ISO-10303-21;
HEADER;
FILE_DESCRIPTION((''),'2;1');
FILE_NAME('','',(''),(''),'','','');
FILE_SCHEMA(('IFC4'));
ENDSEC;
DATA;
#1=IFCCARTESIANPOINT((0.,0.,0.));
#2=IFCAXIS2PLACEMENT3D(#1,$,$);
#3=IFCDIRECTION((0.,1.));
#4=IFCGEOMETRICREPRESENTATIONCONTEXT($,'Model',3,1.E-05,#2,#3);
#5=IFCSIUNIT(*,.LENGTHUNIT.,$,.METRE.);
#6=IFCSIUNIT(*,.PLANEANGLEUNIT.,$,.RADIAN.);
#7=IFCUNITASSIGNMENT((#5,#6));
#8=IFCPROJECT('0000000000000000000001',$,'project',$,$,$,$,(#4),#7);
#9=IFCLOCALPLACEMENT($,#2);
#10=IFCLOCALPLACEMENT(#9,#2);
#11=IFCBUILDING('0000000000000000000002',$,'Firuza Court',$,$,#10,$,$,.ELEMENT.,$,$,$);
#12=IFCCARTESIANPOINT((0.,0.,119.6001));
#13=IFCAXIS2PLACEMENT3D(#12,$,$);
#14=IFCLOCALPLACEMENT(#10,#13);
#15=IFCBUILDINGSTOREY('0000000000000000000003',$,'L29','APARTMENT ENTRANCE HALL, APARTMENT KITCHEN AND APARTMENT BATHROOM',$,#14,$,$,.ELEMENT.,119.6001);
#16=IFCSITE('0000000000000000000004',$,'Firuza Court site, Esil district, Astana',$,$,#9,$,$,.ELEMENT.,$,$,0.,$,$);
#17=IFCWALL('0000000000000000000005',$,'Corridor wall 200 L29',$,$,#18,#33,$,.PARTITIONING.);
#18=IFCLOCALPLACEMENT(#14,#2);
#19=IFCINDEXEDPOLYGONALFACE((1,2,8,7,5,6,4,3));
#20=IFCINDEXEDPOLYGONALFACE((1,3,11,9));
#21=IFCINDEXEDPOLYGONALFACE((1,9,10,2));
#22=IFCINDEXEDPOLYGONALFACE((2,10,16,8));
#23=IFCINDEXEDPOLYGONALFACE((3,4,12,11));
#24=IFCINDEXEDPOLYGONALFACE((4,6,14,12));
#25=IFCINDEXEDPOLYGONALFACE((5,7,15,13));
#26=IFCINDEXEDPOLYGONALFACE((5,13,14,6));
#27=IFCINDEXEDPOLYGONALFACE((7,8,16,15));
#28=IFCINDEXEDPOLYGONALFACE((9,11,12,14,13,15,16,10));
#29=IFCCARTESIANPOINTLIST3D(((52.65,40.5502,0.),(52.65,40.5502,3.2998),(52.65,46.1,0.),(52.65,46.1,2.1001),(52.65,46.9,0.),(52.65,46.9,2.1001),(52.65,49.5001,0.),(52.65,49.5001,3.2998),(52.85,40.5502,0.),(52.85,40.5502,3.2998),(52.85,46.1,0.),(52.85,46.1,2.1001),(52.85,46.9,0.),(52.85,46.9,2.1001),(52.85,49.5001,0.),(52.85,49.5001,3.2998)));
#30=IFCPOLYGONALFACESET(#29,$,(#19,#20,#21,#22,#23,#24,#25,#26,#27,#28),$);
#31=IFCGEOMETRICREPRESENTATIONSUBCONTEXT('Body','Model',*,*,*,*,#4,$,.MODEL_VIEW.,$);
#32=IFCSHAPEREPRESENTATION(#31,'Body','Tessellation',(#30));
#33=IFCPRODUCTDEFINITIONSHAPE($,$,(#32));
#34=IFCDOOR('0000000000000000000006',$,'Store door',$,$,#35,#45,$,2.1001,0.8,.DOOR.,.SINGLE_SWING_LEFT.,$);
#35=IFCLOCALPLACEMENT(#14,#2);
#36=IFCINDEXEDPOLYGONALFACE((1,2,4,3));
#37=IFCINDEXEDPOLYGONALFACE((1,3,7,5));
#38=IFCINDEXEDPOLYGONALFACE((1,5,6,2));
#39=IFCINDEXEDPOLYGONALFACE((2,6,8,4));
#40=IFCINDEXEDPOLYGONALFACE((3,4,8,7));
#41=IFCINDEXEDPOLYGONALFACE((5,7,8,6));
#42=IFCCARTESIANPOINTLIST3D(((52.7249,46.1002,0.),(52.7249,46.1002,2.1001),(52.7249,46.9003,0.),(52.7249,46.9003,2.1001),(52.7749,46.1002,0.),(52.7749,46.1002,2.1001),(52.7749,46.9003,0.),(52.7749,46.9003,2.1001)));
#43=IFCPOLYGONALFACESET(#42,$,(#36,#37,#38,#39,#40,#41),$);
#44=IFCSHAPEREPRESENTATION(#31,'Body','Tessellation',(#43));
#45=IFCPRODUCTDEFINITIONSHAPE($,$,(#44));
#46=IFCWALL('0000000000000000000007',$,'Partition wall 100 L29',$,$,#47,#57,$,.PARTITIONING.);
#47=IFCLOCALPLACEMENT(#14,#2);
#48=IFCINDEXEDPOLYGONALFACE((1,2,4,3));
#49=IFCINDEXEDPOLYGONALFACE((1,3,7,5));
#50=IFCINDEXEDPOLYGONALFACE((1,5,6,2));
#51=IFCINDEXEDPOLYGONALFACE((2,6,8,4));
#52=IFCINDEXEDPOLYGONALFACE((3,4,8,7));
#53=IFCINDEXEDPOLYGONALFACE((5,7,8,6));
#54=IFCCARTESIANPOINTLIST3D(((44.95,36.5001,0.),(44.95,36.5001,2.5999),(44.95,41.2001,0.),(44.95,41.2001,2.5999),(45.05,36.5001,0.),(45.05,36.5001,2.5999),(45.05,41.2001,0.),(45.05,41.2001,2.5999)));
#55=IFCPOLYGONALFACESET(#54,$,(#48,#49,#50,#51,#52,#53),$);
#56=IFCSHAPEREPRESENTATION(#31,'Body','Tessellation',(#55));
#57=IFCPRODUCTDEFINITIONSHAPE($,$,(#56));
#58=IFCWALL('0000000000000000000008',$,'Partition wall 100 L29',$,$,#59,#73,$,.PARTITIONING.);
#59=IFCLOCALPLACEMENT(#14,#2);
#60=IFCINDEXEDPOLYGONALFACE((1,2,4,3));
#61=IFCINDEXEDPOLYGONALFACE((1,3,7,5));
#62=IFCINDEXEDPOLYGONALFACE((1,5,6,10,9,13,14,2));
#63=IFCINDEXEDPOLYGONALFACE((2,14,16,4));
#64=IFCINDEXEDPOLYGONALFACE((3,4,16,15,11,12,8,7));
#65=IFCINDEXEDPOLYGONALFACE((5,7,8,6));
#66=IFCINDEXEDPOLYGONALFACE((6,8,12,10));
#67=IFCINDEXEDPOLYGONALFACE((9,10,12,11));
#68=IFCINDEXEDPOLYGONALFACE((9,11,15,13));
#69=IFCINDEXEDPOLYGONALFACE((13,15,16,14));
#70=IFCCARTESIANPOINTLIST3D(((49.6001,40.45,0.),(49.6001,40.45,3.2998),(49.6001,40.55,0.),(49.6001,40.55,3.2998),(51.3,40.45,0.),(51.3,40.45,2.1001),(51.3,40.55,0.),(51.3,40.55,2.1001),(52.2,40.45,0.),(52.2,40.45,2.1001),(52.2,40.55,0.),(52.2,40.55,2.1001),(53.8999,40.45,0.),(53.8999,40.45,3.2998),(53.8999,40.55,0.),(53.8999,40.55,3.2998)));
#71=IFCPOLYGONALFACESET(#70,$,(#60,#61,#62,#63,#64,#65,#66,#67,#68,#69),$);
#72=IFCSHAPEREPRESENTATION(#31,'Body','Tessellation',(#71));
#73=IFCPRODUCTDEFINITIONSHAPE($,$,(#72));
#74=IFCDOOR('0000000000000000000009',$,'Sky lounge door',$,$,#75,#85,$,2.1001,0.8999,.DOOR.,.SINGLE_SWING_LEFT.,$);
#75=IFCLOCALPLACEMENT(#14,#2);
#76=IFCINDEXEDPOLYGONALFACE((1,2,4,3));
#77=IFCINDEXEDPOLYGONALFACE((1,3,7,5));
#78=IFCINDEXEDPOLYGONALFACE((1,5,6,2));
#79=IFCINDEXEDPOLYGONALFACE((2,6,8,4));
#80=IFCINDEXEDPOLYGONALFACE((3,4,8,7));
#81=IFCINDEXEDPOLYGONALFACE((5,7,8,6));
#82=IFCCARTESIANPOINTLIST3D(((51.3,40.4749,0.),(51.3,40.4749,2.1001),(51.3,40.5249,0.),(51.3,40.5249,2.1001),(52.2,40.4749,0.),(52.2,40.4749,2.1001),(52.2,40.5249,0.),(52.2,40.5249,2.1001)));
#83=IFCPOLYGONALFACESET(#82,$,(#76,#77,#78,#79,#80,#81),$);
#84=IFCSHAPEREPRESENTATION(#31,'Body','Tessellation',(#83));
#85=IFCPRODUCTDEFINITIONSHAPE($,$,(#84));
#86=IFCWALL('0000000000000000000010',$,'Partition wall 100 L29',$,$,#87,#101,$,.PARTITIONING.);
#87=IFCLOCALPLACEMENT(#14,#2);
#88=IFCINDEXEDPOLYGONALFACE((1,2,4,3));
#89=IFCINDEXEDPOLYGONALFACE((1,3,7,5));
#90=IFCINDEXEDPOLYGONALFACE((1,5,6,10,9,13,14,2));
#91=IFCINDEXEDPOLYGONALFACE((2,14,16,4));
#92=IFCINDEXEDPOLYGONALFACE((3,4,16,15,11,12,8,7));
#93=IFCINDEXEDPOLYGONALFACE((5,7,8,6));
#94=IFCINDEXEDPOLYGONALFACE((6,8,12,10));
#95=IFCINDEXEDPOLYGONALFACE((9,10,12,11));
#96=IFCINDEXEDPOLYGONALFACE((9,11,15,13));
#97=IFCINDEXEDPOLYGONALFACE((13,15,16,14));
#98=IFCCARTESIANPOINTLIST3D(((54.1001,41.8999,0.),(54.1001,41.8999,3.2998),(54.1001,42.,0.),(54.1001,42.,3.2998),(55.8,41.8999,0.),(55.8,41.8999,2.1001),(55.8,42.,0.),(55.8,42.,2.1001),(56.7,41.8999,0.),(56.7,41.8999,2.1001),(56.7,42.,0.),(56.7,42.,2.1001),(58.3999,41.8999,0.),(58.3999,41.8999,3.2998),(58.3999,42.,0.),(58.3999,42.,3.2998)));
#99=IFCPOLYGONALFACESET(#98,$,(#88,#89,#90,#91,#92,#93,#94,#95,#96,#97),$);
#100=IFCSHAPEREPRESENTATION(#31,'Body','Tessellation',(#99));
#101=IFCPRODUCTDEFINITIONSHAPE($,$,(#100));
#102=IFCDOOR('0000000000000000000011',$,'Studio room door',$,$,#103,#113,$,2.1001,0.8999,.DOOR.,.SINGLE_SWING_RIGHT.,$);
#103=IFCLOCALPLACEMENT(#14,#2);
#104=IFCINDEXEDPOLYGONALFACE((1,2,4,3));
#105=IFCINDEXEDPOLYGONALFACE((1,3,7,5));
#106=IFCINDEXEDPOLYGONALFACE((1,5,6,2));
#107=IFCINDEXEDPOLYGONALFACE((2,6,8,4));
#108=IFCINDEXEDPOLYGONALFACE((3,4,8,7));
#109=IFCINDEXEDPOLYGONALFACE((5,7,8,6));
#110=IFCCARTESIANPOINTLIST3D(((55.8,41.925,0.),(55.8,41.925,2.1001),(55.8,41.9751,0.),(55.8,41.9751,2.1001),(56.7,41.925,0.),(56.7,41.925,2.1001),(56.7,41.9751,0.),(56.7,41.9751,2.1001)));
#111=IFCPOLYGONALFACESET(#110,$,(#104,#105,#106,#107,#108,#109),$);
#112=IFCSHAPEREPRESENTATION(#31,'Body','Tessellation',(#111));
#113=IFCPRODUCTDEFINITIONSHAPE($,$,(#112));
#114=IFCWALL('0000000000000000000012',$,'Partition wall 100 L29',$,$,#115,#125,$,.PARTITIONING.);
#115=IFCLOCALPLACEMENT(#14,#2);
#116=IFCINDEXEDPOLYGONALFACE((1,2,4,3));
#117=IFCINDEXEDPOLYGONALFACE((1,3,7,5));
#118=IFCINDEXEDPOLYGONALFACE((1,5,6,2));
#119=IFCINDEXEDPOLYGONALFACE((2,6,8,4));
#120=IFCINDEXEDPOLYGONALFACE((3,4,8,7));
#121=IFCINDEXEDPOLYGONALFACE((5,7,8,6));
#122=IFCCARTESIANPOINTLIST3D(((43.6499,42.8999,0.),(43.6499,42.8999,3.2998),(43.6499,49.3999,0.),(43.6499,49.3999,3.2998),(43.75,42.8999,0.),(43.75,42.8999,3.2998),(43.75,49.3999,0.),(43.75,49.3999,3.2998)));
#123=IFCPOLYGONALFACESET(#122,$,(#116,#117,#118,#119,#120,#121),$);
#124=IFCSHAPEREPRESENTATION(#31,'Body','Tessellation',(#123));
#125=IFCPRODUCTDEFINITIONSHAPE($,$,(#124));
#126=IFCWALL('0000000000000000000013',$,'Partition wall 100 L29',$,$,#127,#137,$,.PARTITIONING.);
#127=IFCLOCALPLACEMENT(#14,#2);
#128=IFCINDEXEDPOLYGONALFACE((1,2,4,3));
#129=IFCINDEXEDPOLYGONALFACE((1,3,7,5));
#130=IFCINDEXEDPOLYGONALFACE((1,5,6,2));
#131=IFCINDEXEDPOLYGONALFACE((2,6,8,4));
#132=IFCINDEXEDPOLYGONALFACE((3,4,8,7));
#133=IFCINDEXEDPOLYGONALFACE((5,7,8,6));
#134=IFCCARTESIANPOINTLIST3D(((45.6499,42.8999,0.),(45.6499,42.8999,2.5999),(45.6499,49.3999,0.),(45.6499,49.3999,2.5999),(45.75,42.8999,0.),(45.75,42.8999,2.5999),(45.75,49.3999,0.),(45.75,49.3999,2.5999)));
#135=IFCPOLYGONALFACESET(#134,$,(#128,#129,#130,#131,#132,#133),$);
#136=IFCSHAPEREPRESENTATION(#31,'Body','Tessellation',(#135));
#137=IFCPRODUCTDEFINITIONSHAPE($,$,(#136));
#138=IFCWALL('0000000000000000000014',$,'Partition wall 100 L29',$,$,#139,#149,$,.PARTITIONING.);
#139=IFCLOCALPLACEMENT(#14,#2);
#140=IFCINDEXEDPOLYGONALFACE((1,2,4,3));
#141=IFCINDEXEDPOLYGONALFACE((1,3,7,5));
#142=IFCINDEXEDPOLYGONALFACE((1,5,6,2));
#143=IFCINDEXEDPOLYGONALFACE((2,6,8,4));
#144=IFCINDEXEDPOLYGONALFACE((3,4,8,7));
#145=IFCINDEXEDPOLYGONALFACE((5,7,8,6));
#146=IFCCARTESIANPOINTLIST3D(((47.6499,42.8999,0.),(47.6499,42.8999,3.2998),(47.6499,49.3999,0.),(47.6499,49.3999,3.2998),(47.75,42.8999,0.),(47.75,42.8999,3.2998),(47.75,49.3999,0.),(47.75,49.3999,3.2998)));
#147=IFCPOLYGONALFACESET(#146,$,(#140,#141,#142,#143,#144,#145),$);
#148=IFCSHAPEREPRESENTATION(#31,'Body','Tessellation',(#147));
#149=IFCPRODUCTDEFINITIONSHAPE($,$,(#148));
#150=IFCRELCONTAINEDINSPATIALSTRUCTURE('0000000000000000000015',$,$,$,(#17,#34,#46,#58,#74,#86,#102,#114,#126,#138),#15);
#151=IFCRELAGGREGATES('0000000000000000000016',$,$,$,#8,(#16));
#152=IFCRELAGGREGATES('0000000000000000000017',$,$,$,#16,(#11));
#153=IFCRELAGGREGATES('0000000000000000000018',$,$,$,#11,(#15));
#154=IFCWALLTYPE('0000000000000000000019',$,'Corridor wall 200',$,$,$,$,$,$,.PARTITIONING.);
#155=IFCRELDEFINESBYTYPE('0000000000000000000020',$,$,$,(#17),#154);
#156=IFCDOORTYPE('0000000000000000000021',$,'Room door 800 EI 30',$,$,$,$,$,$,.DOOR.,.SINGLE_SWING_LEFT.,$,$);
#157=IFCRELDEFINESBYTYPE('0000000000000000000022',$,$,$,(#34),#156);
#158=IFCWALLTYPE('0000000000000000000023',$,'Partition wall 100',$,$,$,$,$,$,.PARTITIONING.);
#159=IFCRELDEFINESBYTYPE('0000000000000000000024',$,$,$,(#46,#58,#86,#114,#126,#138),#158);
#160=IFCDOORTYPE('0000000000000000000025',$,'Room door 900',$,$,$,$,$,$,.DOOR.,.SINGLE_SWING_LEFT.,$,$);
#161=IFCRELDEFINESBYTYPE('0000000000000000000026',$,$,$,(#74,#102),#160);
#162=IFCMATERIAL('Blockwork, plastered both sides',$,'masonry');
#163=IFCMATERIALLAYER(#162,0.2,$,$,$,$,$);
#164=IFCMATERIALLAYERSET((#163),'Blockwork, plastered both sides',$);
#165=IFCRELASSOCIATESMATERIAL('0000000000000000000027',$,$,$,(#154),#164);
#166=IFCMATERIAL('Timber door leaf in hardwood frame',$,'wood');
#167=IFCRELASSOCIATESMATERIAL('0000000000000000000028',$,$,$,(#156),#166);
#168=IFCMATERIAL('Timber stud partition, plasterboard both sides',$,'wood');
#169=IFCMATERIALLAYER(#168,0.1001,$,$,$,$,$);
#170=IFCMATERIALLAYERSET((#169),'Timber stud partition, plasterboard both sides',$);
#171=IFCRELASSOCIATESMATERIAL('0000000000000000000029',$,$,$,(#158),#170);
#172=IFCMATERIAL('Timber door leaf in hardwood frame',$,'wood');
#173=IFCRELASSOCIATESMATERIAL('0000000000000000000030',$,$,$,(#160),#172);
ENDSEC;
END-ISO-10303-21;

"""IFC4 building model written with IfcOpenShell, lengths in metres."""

from ifc_helpers import new_model, si_unit, direction, frame, frame_2d, origin, place, context, subcontext, project, spatial, rectangle, extrude, material, layer, layer_set, type_object, element, fill, save


model = new_model("IFC4")

# Units and contexts
model_context = context("Model", 3, precision=1e-05, world=origin(), true_north=direction((0.0, 1.0)))
body_context = subcontext(model_context, "Body", "Model", "MODEL_VIEW")
ifc_project = project(units=[si_unit("LENGTHUNIT", "METRE"), si_unit("PLANEANGLEUNIT", "RADIAN")], contexts=[model_context])

# Site, building, storey
site_placement = place(None, origin())
site = spatial("IfcSite", under=ifc_project, at=site_placement, Name="Firuza Court site, Esil district, Astana", CompositionType="ELEMENT", RefElevation=0.0)
building_placement = place(site_placement, origin())
building = spatial("IfcBuilding", under=site, at=building_placement, Name="Firuza Court", CompositionType="ELEMENT")
storey_placement = place(building_placement, frame((0.0, 0.0, 119.6001)))
storey = spatial("IfcBuildingStorey", under=building, at=storey_placement, Name="L29", Description="APARTMENT ENTRANCE HALL, APARTMENT KITCHEN AND APARTMENT BATHROOM", CompositionType="ELEMENT", Elevation=119.6001)

# Wall, opening, door
ifc_material_1 = material(Name="Blockwork, plastered both sides", Category="masonry")
ifc_layer_1 = layer(ifc_material_1, 0.2)
ifc_layer_set_1 = layer_set([ifc_layer_1], Name="Blockwork, plastered both sides")
wall_type_1 = type_object("IfcWallType", Name="Corridor wall 200", PredefinedType="PARTITIONING", material=ifc_layer_set_1)
ifc_material_2 = material(Name="Timber door leaf in hardwood frame", Category="wood")
door_type_1 = type_object("IfcDoorType", Name="Room door 800 EI 30", OperationType="SINGLE_SWING_LEFT", PredefinedType="DOOR", material=ifc_material_2)
wall_1_placement = place(storey_placement, frame((52.75, 40.55, 0.0), z_axis=(0.0, 0.0, 1.0), x_axis=(0.0, 1.0, 0.0)))
wall_1 = element("IfcWall", 1, at=wall_1_placement, inside=storey, type_object=wall_type_1, Name="Corridor wall 200 L29", PredefinedType="PARTITIONING", context=body_context, shape_type="SweptSolid", body=[
    extrude(rectangle(XDim=8.95, YDim=0.2, at=frame_2d((4.4751, 0.0))), origin(), (0.0, 0.0, 1.0), 3.2998),
])
opening_1_placement = place(wall_1_placement, frame((5.55, 0.0, 0.0)))
opening_1 = element("IfcOpeningElement", 2, at=opening_1_placement, cuts=wall_1, PredefinedType="OPENING", context=body_context, shape_type="SweptSolid", body=[
    extrude(rectangle(XDim=0.8, YDim=2.1001, at=frame_2d((0.3999, 1.05))), frame((0.0, 0.1118, 0.0), z_axis=(0.0, -1.0, 0.0), x_axis=(1.0, 0.0, 0.0)), (0.0, 0.0, 1.0), 0.2239),
])
door_1_placement = place(opening_1_placement, frame((0.8, 0.0, 0.0), z_axis=(0.0, 0.0, 1.0), x_axis=(-1.0, 0.0, 0.0)))
door_1 = element("IfcDoor", 3, at=door_1_placement, inside=storey, type_object=door_type_1, Name="Store door", OperationType="SINGLE_SWING_LEFT", OverallHeight=2.1001, OverallWidth=0.8, PredefinedType="DOOR", context=body_context, shape_type="SweptSolid", body=[
    extrude(rectangle(XDim=0.8, YDim=2.1001, at=frame_2d((0.3999, 1.05))), frame((0.0, 0.0249, 0.0), z_axis=(0.0, -1.0, 0.0), x_axis=(1.0, 0.0, 0.0)), (0.0, 0.0, 1.0), 0.05),
])
fill(opening_1, door_1)

# Wall
ifc_material_3 = material(Name="Timber stud partition, plasterboard both sides", Category="wood")
ifc_layer_2 = layer(ifc_material_3, 0.1001)
ifc_layer_set_2 = layer_set([ifc_layer_2], Name="Timber stud partition, plasterboard both sides")
wall_type_2 = type_object("IfcWallType", Name="Partition wall 100", PredefinedType="PARTITIONING", material=ifc_layer_set_2)
wall_2_placement = place(storey_placement, frame((45.0, 36.5, 0.0), z_axis=(0.0, 0.0, 1.0), x_axis=(0.0, 1.0, 0.0)))
element("IfcWall", 4, at=wall_2_placement, inside=storey, type_object=wall_type_2, Name="Partition wall 100 L29", PredefinedType="PARTITIONING", context=body_context, shape_type="SweptSolid", body=[
    extrude(rectangle(XDim=4.7, YDim=0.1001, at=frame_2d((2.3501, 0.0))), origin(), (0.0, 0.0, 1.0), 2.5999),
])

# Walls, openings, doors
wall_3_placement = place(storey_placement, frame((49.6001, 40.5, 0.0), z_axis=(0.0, 0.0, 1.0), x_axis=(1.0, 0.0, 0.0)))
wall_3 = element("IfcWall", 5, at=wall_3_placement, inside=storey, type_object=wall_type_2, Name="Partition wall 100 L29", PredefinedType="PARTITIONING", context=body_context, shape_type="SweptSolid", body=[
    extrude(rectangle(XDim=4.2998, YDim=0.1001, at=frame_2d((2.1499, 0.0))), origin(), (0.0, 0.0, 1.0), 3.2998),
])
opening_2_placement = place(wall_3_placement, frame((1.7, 0.0, 0.0)))
opening_2 = element("IfcOpeningElement", 6, at=opening_2_placement, cuts=wall_3, PredefinedType="OPENING", context=body_context, shape_type="SweptSolid", body=[
    extrude(rectangle(XDim=0.8999, YDim=2.1001, at=frame_2d((0.45, 1.05))), frame((0.0, 0.062, 0.0), z_axis=(0.0, -1.0, 0.0), x_axis=(1.0, 0.0, 0.0)), (0.0, 0.0, 1.0), 0.124),
])
ifc_material_4 = material(Name="Timber door leaf in hardwood frame", Category="wood")
door_type_2 = type_object("IfcDoorType", Name="Room door 900", OperationType="SINGLE_SWING_LEFT", PredefinedType="DOOR", material=ifc_material_4)
door_2_placement = place(opening_2_placement, origin())
door_2 = element("IfcDoor", 7, at=door_2_placement, inside=storey, type_object=door_type_2, Name="Sky lounge door", OperationType="SINGLE_SWING_LEFT", OverallHeight=2.1001, OverallWidth=0.8999, PredefinedType="DOOR", context=body_context, shape_type="SweptSolid", body=[
    extrude(rectangle(XDim=0.8999, YDim=2.1001, at=frame_2d((0.45, 1.05))), frame((0.0, 0.0249, 0.0), z_axis=(0.0, -1.0, 0.0), x_axis=(1.0, 0.0, 0.0)), (0.0, 0.0, 1.0), 0.05),
])
fill(opening_2, door_2)
wall_4_placement = place(storey_placement, frame((54.1001, 41.95, 0.0), z_axis=(0.0, 0.0, 1.0), x_axis=(1.0, 0.0, 0.0)))
wall_4 = element("IfcWall", 8, at=wall_4_placement, inside=storey, type_object=wall_type_2, Name="Partition wall 100 L29", PredefinedType="PARTITIONING", context=body_context, shape_type="SweptSolid", body=[
    extrude(rectangle(XDim=4.2998, YDim=0.1001, at=frame_2d((2.1499, 0.0))), origin(), (0.0, 0.0, 1.0), 3.2998),
])
opening_3_placement = place(wall_4_placement, frame((1.7, 0.0, 0.0)))
opening_3 = element("IfcOpeningElement", 9, at=opening_3_placement, cuts=wall_4, PredefinedType="OPENING", context=body_context, shape_type="SweptSolid", body=[
    extrude(rectangle(XDim=0.8999, YDim=2.1001, at=frame_2d((0.45, 1.05))), frame((0.0, 0.062, 0.0), z_axis=(0.0, -1.0, 0.0), x_axis=(1.0, 0.0, 0.0)), (0.0, 0.0, 1.0), 0.124),
])
door_3_placement = place(opening_3_placement, frame((0.8999, 0.0, 0.0), z_axis=(0.0, 0.0, 1.0), x_axis=(-1.0, 0.0, 0.0)))
door_3 = element("IfcDoor", 10, at=door_3_placement, inside=storey, type_object=door_type_2, Name="Studio room door", OperationType="SINGLE_SWING_RIGHT", OverallHeight=2.1001, OverallWidth=0.8999, PredefinedType="DOOR", context=body_context, shape_type="SweptSolid", body=[
    extrude(rectangle(XDim=0.8999, YDim=2.1001, at=frame_2d((0.45, 1.05))), frame((0.0, 0.0249, 0.0), z_axis=(0.0, -1.0, 0.0), x_axis=(1.0, 0.0, 0.0)), (0.0, 0.0, 1.0), 0.05),
])
fill(opening_3, door_3)

# Walls
wall_5_placement = place(storey_placement, frame((43.7, 42.8999, 0.0), z_axis=(0.0, 0.0, 1.0), x_axis=(0.0, 1.0, 0.0)))
element("IfcWall", 11, at=wall_5_placement, inside=storey, type_object=wall_type_2, Name="Partition wall 100 L29", PredefinedType="PARTITIONING", context=body_context, shape_type="SweptSolid", body=[
    extrude(rectangle(XDim=6.5, YDim=0.1001, at=frame_2d((3.25, 0.0))), origin(), (0.0, 0.0, 1.0), 3.2998),
])
wall_6_placement = place(storey_placement, frame((45.7, 42.8999, 0.0), z_axis=(0.0, 0.0, 1.0), x_axis=(0.0, 1.0, 0.0)))
element("IfcWall", 12, at=wall_6_placement, inside=storey, type_object=wall_type_2, Name="Partition wall 100 L29", PredefinedType="PARTITIONING", context=body_context, shape_type="SweptSolid", body=[
    extrude(rectangle(XDim=6.5, YDim=0.1001, at=frame_2d((3.25, 0.0))), origin(), (0.0, 0.0, 1.0), 2.5999),
])
wall_7_placement = place(storey_placement, frame((47.7, 42.8999, 0.0), z_axis=(0.0, 0.0, 1.0), x_axis=(0.0, 1.0, 0.0)))
element("IfcWall", 13, at=wall_7_placement, inside=storey, type_object=wall_type_2, Name="Partition wall 100 L29", PredefinedType="PARTITIONING", context=body_context, shape_type="SweptSolid", body=[
    extrude(rectangle(XDim=6.5, YDim=0.1001, at=frame_2d((3.25, 0.0))), origin(), (0.0, 0.0, 1.0), 3.2998),
])

save(model, "model.ifc")
